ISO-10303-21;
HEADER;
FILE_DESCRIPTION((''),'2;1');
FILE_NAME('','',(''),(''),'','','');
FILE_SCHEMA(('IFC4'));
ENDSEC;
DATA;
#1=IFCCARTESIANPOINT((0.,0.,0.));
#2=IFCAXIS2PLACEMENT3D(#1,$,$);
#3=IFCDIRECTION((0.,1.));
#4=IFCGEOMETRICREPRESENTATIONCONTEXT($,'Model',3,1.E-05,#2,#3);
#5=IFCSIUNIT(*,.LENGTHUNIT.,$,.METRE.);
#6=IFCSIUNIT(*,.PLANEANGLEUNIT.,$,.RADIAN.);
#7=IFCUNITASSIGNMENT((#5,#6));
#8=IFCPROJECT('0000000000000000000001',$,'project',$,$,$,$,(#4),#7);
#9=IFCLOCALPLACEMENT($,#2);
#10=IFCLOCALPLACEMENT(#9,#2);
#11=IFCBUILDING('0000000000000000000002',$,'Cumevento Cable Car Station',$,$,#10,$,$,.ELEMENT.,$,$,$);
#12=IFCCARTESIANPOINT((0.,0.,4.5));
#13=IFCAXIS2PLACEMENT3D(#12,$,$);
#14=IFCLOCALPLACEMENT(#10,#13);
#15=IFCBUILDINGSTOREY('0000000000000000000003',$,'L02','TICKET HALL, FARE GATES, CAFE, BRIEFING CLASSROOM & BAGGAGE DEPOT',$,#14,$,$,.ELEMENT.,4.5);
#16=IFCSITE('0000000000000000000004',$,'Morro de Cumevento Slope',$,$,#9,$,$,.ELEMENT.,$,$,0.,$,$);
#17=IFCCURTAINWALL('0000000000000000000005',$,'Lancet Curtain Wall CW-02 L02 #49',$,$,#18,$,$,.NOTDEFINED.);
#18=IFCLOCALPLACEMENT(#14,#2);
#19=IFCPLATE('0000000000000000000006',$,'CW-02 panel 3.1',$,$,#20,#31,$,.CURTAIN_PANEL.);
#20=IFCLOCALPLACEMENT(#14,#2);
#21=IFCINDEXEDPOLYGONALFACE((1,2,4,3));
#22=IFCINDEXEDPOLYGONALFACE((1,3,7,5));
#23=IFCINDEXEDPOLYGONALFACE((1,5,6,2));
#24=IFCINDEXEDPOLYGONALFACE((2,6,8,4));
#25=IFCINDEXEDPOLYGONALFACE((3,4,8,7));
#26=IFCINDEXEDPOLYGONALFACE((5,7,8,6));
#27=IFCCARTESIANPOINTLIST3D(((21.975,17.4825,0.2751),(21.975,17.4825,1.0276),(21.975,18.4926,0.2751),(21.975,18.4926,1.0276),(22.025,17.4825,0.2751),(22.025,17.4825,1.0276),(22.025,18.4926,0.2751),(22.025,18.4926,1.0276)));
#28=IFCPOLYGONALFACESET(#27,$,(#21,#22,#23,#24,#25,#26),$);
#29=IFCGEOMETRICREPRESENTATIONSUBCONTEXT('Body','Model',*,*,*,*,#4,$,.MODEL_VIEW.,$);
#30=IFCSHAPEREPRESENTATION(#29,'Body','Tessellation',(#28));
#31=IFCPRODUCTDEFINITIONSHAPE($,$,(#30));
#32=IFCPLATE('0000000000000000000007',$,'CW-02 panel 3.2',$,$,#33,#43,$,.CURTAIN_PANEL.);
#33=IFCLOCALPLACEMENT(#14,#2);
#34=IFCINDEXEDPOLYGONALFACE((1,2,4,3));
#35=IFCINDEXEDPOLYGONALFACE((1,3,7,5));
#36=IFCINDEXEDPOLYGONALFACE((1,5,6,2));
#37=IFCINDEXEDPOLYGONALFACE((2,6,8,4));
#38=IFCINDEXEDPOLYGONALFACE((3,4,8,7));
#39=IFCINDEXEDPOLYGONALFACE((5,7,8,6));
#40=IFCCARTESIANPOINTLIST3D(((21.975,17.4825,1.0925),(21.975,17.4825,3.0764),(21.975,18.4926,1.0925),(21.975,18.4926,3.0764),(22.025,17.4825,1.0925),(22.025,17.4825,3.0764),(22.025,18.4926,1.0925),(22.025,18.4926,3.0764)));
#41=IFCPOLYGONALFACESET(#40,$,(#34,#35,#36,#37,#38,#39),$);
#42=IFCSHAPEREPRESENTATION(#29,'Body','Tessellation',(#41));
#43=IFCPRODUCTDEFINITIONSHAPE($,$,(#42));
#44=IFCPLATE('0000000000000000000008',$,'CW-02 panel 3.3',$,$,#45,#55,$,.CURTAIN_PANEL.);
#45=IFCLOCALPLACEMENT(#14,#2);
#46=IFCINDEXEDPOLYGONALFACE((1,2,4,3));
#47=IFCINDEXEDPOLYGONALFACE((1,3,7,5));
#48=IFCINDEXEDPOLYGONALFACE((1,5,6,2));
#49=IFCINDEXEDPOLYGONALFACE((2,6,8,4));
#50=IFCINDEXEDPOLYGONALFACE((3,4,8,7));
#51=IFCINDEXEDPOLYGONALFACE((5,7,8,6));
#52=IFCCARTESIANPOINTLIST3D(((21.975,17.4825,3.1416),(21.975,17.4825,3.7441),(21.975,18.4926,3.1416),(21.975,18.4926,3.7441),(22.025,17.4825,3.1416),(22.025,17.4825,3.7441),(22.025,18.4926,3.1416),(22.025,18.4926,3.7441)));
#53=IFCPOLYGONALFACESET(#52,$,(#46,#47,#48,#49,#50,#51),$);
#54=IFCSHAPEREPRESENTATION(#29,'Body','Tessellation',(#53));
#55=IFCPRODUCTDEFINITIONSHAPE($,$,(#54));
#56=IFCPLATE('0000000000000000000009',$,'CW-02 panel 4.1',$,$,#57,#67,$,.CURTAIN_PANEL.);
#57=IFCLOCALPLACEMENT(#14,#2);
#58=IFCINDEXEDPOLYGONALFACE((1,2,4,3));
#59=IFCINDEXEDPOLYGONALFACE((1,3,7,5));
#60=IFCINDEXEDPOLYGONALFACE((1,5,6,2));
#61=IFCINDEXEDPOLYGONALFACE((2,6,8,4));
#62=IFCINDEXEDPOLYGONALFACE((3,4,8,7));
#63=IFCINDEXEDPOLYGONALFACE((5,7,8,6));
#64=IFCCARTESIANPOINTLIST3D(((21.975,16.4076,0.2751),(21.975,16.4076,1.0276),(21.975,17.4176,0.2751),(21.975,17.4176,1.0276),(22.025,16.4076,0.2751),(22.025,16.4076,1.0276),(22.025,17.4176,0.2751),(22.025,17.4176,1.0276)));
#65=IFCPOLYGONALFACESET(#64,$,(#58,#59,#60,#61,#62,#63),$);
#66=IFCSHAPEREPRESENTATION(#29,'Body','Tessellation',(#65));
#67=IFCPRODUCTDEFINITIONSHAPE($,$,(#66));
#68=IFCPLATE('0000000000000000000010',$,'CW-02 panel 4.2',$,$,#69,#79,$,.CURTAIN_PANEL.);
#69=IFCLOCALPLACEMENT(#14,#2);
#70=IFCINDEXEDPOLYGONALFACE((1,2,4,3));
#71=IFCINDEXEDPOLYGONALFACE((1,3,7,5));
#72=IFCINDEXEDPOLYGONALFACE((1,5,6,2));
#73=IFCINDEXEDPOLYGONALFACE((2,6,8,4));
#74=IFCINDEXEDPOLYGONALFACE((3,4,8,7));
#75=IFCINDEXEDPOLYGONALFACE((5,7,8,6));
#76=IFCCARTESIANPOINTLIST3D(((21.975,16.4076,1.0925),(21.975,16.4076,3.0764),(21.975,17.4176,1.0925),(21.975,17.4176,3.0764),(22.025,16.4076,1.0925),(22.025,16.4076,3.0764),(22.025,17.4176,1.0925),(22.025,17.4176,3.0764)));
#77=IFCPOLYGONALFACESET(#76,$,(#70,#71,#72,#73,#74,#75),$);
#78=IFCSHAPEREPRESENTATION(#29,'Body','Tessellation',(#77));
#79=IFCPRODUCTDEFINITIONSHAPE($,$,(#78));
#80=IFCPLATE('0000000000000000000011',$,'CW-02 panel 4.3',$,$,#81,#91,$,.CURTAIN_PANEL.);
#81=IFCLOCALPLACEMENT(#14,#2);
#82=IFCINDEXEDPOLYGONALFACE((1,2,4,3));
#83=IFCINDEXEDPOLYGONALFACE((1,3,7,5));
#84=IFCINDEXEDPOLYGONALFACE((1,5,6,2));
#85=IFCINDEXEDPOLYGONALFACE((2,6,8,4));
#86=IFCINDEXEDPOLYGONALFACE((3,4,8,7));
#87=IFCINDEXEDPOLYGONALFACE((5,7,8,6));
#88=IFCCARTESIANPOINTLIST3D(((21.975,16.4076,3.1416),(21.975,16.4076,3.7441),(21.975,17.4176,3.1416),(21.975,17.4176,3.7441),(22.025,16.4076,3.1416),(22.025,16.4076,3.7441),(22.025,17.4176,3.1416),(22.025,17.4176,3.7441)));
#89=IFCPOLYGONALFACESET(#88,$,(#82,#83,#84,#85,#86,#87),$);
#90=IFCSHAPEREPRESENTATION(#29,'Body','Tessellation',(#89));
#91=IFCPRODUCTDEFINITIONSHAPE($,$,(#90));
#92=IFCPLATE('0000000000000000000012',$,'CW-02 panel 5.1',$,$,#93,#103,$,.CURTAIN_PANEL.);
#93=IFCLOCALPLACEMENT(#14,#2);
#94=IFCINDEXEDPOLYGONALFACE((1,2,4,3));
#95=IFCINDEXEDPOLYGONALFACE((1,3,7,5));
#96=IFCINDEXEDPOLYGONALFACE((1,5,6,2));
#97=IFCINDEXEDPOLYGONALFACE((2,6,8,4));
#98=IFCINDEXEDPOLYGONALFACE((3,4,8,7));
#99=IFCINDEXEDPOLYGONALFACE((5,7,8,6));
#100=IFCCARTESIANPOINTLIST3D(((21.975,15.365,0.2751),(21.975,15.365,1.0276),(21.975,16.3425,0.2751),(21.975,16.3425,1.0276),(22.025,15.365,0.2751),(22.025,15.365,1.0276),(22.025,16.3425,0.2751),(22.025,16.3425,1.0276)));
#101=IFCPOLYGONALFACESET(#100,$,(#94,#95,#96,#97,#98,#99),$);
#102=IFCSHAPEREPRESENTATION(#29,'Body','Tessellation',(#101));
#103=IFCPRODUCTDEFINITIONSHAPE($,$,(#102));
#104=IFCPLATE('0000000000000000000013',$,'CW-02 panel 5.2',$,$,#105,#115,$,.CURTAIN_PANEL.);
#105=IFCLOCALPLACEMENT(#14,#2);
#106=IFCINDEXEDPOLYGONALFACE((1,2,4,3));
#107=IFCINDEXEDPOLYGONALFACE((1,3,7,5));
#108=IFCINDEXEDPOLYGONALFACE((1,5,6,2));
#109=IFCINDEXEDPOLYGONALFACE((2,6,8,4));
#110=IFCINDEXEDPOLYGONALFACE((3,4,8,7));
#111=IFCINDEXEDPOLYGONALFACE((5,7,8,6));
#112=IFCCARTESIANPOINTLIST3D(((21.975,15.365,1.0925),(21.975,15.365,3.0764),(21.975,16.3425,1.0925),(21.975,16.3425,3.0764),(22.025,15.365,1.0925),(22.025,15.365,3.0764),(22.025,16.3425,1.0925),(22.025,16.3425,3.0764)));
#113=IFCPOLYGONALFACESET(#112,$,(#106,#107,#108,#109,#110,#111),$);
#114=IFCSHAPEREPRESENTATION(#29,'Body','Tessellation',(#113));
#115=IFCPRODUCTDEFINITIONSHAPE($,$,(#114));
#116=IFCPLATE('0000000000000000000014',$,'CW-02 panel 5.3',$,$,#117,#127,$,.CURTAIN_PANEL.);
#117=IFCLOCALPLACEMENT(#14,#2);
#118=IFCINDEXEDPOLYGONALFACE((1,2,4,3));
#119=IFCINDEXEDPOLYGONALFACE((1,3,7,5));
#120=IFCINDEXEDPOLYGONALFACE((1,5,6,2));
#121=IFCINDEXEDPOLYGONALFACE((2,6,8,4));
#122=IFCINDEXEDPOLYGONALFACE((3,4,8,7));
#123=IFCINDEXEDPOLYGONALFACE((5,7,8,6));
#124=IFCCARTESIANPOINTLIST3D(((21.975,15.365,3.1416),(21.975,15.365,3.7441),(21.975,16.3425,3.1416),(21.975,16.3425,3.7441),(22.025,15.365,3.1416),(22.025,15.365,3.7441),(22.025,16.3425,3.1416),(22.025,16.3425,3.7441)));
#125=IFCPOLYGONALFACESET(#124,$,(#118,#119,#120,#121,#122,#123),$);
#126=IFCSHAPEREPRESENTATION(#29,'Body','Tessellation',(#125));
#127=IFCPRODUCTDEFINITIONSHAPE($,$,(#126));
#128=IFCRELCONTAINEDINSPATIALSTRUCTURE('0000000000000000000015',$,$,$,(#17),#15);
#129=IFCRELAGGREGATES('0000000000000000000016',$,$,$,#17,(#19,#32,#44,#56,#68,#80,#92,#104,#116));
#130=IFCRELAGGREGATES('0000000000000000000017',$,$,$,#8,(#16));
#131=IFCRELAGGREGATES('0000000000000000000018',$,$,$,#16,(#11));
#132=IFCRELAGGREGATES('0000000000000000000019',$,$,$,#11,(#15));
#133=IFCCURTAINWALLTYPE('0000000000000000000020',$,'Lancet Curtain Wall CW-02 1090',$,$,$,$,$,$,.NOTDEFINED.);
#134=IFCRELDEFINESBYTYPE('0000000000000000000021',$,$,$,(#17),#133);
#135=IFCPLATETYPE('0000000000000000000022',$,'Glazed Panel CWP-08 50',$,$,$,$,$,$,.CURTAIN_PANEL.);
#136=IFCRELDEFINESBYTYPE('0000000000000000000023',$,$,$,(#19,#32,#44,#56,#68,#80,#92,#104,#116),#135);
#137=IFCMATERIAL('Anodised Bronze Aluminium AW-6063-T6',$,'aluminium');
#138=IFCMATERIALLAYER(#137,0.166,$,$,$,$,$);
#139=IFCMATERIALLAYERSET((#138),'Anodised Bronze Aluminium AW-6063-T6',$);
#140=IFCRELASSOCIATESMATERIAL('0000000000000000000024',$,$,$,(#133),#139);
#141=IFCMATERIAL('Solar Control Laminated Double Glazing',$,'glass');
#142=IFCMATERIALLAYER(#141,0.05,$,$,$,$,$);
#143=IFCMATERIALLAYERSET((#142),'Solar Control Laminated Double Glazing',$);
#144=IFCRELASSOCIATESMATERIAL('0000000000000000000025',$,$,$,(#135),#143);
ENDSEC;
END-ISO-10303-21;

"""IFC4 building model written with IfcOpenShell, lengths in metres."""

from ifc_helpers import new_model, si_unit, direction, frame, origin, origin_2d, place, context, subcontext, project, spatial, rectangle, extrude, material, layer, layer_set, type_object, element, aggregate, save


model = new_model("IFC4")

# Units and contexts
model_context = context("Model", 3, precision=1e-05, world=origin(), true_north=direction((0.0, 1.0)))
body_context = subcontext(model_context, "Body", "Model", "MODEL_VIEW")
ifc_project = project(units=[si_unit("LENGTHUNIT", "METRE"), si_unit("PLANEANGLEUNIT", "RADIAN")], contexts=[model_context])

# Site, building, storey
site_placement = place(None, origin())
site = spatial("IfcSite", under=ifc_project, at=site_placement, Name="Morro de Cumevento Slope", CompositionType="ELEMENT", RefElevation=0.0)
building_placement = place(site_placement, origin())
building = spatial("IfcBuilding", under=site, at=building_placement, Name="Cumevento Cable Car Station", CompositionType="ELEMENT")
storey_placement = place(building_placement, frame((0.0, 0.0, 4.5)))
storey = spatial("IfcBuildingStorey", under=building, at=storey_placement, Name="L02", Description="TICKET HALL, FARE GATES, CAFE, BRIEFING CLASSROOM & BAGGAGE DEPOT", CompositionType="ELEMENT", Elevation=4.5)

# Curtain wall
ifc_material_1 = material(Name="Anodised Bronze Aluminium AW-6063-T6", Category="aluminium")
ifc_layer_1 = layer(ifc_material_1, 0.166)
ifc_layer_set_1 = layer_set([ifc_layer_1], Name="Anodised Bronze Aluminium AW-6063-T6")
curtain_wall_type = type_object("IfcCurtainWallType", Name="Lancet Curtain Wall CW-02 1090", PredefinedType="NOTDEFINED", material=ifc_layer_set_1)
curtain_wall_placement = place(storey_placement, origin())
curtain_wall = element("IfcCurtainWall", 1, at=curtain_wall_placement, inside=storey, type_object=curtain_wall_type, Name="Lancet Curtain Wall CW-02 L02 #49", PredefinedType="NOTDEFINED")

# Plates
ifc_material_2 = material(Name="Solar Control Laminated Double Glazing", Category="glass")
ifc_layer_2 = layer(ifc_material_2, 0.05)
ifc_layer_set_2 = layer_set([ifc_layer_2], Name="Solar Control Laminated Double Glazing")
plate_type = type_object("IfcPlateType", Name="Glazed Panel CWP-08 50", PredefinedType="CURTAIN_PANEL", material=ifc_layer_set_2)
plate_1_placement = place(storey_placement, frame((22.0, 17.9875, 0.2751), z_axis=(0.0, 0.0, 1.0), x_axis=(0.0, -1.0, 0.0)))
plate_1 = element("IfcPlate", 2, at=plate_1_placement, type_object=plate_type, Name="CW-02 panel 3.1", PredefinedType="CURTAIN_PANEL", context=body_context, shape_type="SweptSolid", body=[
    extrude(rectangle(XDim=1.01, YDim=0.05, at=origin_2d()), origin(), (0.0, 0.0, 1.0), 0.7524),
])
plate_2_placement = place(storey_placement, frame((22.0, 17.9875, 1.0925), z_axis=(0.0, 0.0, 1.0), x_axis=(0.0, -1.0, 0.0)))
plate_2 = element("IfcPlate", 3, at=plate_2_placement, type_object=plate_type, Name="CW-02 panel 3.2", PredefinedType="CURTAIN_PANEL", context=body_context, shape_type="SweptSolid", body=[
    extrude(rectangle(XDim=1.01, YDim=0.05, at=origin_2d()), origin(), (0.0, 0.0, 1.0), 1.9839),
])
plate_3_placement = place(storey_placement, frame((22.0, 17.9875, 3.1416), z_axis=(0.0, 0.0, 1.0), x_axis=(0.0, -1.0, 0.0)))
plate_3 = element("IfcPlate", 4, at=plate_3_placement, type_object=plate_type, Name="CW-02 panel 3.3", PredefinedType="CURTAIN_PANEL", context=body_context, shape_type="SweptSolid", body=[
    extrude(rectangle(XDim=1.01, YDim=0.05, at=origin_2d()), origin(), (0.0, 0.0, 1.0), 0.6025),
])
plate_4_placement = place(storey_placement, frame((22.0, 16.9126, 0.2751), z_axis=(0.0, 0.0, 1.0), x_axis=(0.0, -1.0, 0.0)))
plate_4 = element("IfcPlate", 5, at=plate_4_placement, type_object=plate_type, Name="CW-02 panel 4.1", PredefinedType="CURTAIN_PANEL", context=body_context, shape_type="SweptSolid", body=[
    extrude(rectangle(XDim=1.01, YDim=0.05, at=origin_2d()), origin(), (0.0, 0.0, 1.0), 0.7524),
])
plate_5_placement = place(storey_placement, frame((22.0, 16.9126, 1.0925), z_axis=(0.0, 0.0, 1.0), x_axis=(0.0, -1.0, 0.0)))
plate_5 = element("IfcPlate", 6, at=plate_5_placement, type_object=plate_type, Name="CW-02 panel 4.2", PredefinedType="CURTAIN_PANEL", context=body_context, shape_type="SweptSolid", body=[
    extrude(rectangle(XDim=1.01, YDim=0.05, at=origin_2d()), origin(), (0.0, 0.0, 1.0), 1.9839),
])
plate_6_placement = place(storey_placement, frame((22.0, 16.9126, 3.1416), z_axis=(0.0, 0.0, 1.0), x_axis=(0.0, -1.0, 0.0)))
plate_6 = element("IfcPlate", 7, at=plate_6_placement, type_object=plate_type, Name="CW-02 panel 4.3", PredefinedType="CURTAIN_PANEL", context=body_context, shape_type="SweptSolid", body=[
    extrude(rectangle(XDim=1.01, YDim=0.05, at=origin_2d()), origin(), (0.0, 0.0, 1.0), 0.6025),
])
plate_7_placement = place(storey_placement, frame((22.0, 15.8538, 0.2751), z_axis=(0.0, 0.0, 1.0), x_axis=(0.0, -1.0, 0.0)))
plate_7 = element("IfcPlate", 8, at=plate_7_placement, type_object=plate_type, Name="CW-02 panel 5.1", PredefinedType="CURTAIN_PANEL", context=body_context, shape_type="SweptSolid", body=[
    extrude(rectangle(XDim=0.9775, YDim=0.05, at=origin_2d()), origin(), (0.0, 0.0, 1.0), 0.7524),
])
plate_8_placement = place(storey_placement, frame((22.0, 15.8538, 1.0925), z_axis=(0.0, 0.0, 1.0), x_axis=(0.0, -1.0, 0.0)))
plate_8 = element("IfcPlate", 9, at=plate_8_placement, type_object=plate_type, Name="CW-02 panel 5.2", PredefinedType="CURTAIN_PANEL", context=body_context, shape_type="SweptSolid", body=[
    extrude(rectangle(XDim=0.9775, YDim=0.05, at=origin_2d()), origin(), (0.0, 0.0, 1.0), 1.9839),
])
plate_9_placement = place(storey_placement, frame((22.0, 15.8538, 3.1416), z_axis=(0.0, 0.0, 1.0), x_axis=(0.0, -1.0, 0.0)))
plate_9 = element("IfcPlate", 10, at=plate_9_placement, type_object=plate_type, Name="CW-02 panel 5.3", PredefinedType="CURTAIN_PANEL", context=body_context, shape_type="SweptSolid", body=[
    extrude(rectangle(XDim=0.9775, YDim=0.05, at=origin_2d()), origin(), (0.0, 0.0, 1.0), 0.6025),
])
aggregate(curtain_wall, [plate_1, plate_2, plate_3, plate_4, plate_5, plate_6, plate_7, plate_8, plate_9])

save(model, "model.ifc")
